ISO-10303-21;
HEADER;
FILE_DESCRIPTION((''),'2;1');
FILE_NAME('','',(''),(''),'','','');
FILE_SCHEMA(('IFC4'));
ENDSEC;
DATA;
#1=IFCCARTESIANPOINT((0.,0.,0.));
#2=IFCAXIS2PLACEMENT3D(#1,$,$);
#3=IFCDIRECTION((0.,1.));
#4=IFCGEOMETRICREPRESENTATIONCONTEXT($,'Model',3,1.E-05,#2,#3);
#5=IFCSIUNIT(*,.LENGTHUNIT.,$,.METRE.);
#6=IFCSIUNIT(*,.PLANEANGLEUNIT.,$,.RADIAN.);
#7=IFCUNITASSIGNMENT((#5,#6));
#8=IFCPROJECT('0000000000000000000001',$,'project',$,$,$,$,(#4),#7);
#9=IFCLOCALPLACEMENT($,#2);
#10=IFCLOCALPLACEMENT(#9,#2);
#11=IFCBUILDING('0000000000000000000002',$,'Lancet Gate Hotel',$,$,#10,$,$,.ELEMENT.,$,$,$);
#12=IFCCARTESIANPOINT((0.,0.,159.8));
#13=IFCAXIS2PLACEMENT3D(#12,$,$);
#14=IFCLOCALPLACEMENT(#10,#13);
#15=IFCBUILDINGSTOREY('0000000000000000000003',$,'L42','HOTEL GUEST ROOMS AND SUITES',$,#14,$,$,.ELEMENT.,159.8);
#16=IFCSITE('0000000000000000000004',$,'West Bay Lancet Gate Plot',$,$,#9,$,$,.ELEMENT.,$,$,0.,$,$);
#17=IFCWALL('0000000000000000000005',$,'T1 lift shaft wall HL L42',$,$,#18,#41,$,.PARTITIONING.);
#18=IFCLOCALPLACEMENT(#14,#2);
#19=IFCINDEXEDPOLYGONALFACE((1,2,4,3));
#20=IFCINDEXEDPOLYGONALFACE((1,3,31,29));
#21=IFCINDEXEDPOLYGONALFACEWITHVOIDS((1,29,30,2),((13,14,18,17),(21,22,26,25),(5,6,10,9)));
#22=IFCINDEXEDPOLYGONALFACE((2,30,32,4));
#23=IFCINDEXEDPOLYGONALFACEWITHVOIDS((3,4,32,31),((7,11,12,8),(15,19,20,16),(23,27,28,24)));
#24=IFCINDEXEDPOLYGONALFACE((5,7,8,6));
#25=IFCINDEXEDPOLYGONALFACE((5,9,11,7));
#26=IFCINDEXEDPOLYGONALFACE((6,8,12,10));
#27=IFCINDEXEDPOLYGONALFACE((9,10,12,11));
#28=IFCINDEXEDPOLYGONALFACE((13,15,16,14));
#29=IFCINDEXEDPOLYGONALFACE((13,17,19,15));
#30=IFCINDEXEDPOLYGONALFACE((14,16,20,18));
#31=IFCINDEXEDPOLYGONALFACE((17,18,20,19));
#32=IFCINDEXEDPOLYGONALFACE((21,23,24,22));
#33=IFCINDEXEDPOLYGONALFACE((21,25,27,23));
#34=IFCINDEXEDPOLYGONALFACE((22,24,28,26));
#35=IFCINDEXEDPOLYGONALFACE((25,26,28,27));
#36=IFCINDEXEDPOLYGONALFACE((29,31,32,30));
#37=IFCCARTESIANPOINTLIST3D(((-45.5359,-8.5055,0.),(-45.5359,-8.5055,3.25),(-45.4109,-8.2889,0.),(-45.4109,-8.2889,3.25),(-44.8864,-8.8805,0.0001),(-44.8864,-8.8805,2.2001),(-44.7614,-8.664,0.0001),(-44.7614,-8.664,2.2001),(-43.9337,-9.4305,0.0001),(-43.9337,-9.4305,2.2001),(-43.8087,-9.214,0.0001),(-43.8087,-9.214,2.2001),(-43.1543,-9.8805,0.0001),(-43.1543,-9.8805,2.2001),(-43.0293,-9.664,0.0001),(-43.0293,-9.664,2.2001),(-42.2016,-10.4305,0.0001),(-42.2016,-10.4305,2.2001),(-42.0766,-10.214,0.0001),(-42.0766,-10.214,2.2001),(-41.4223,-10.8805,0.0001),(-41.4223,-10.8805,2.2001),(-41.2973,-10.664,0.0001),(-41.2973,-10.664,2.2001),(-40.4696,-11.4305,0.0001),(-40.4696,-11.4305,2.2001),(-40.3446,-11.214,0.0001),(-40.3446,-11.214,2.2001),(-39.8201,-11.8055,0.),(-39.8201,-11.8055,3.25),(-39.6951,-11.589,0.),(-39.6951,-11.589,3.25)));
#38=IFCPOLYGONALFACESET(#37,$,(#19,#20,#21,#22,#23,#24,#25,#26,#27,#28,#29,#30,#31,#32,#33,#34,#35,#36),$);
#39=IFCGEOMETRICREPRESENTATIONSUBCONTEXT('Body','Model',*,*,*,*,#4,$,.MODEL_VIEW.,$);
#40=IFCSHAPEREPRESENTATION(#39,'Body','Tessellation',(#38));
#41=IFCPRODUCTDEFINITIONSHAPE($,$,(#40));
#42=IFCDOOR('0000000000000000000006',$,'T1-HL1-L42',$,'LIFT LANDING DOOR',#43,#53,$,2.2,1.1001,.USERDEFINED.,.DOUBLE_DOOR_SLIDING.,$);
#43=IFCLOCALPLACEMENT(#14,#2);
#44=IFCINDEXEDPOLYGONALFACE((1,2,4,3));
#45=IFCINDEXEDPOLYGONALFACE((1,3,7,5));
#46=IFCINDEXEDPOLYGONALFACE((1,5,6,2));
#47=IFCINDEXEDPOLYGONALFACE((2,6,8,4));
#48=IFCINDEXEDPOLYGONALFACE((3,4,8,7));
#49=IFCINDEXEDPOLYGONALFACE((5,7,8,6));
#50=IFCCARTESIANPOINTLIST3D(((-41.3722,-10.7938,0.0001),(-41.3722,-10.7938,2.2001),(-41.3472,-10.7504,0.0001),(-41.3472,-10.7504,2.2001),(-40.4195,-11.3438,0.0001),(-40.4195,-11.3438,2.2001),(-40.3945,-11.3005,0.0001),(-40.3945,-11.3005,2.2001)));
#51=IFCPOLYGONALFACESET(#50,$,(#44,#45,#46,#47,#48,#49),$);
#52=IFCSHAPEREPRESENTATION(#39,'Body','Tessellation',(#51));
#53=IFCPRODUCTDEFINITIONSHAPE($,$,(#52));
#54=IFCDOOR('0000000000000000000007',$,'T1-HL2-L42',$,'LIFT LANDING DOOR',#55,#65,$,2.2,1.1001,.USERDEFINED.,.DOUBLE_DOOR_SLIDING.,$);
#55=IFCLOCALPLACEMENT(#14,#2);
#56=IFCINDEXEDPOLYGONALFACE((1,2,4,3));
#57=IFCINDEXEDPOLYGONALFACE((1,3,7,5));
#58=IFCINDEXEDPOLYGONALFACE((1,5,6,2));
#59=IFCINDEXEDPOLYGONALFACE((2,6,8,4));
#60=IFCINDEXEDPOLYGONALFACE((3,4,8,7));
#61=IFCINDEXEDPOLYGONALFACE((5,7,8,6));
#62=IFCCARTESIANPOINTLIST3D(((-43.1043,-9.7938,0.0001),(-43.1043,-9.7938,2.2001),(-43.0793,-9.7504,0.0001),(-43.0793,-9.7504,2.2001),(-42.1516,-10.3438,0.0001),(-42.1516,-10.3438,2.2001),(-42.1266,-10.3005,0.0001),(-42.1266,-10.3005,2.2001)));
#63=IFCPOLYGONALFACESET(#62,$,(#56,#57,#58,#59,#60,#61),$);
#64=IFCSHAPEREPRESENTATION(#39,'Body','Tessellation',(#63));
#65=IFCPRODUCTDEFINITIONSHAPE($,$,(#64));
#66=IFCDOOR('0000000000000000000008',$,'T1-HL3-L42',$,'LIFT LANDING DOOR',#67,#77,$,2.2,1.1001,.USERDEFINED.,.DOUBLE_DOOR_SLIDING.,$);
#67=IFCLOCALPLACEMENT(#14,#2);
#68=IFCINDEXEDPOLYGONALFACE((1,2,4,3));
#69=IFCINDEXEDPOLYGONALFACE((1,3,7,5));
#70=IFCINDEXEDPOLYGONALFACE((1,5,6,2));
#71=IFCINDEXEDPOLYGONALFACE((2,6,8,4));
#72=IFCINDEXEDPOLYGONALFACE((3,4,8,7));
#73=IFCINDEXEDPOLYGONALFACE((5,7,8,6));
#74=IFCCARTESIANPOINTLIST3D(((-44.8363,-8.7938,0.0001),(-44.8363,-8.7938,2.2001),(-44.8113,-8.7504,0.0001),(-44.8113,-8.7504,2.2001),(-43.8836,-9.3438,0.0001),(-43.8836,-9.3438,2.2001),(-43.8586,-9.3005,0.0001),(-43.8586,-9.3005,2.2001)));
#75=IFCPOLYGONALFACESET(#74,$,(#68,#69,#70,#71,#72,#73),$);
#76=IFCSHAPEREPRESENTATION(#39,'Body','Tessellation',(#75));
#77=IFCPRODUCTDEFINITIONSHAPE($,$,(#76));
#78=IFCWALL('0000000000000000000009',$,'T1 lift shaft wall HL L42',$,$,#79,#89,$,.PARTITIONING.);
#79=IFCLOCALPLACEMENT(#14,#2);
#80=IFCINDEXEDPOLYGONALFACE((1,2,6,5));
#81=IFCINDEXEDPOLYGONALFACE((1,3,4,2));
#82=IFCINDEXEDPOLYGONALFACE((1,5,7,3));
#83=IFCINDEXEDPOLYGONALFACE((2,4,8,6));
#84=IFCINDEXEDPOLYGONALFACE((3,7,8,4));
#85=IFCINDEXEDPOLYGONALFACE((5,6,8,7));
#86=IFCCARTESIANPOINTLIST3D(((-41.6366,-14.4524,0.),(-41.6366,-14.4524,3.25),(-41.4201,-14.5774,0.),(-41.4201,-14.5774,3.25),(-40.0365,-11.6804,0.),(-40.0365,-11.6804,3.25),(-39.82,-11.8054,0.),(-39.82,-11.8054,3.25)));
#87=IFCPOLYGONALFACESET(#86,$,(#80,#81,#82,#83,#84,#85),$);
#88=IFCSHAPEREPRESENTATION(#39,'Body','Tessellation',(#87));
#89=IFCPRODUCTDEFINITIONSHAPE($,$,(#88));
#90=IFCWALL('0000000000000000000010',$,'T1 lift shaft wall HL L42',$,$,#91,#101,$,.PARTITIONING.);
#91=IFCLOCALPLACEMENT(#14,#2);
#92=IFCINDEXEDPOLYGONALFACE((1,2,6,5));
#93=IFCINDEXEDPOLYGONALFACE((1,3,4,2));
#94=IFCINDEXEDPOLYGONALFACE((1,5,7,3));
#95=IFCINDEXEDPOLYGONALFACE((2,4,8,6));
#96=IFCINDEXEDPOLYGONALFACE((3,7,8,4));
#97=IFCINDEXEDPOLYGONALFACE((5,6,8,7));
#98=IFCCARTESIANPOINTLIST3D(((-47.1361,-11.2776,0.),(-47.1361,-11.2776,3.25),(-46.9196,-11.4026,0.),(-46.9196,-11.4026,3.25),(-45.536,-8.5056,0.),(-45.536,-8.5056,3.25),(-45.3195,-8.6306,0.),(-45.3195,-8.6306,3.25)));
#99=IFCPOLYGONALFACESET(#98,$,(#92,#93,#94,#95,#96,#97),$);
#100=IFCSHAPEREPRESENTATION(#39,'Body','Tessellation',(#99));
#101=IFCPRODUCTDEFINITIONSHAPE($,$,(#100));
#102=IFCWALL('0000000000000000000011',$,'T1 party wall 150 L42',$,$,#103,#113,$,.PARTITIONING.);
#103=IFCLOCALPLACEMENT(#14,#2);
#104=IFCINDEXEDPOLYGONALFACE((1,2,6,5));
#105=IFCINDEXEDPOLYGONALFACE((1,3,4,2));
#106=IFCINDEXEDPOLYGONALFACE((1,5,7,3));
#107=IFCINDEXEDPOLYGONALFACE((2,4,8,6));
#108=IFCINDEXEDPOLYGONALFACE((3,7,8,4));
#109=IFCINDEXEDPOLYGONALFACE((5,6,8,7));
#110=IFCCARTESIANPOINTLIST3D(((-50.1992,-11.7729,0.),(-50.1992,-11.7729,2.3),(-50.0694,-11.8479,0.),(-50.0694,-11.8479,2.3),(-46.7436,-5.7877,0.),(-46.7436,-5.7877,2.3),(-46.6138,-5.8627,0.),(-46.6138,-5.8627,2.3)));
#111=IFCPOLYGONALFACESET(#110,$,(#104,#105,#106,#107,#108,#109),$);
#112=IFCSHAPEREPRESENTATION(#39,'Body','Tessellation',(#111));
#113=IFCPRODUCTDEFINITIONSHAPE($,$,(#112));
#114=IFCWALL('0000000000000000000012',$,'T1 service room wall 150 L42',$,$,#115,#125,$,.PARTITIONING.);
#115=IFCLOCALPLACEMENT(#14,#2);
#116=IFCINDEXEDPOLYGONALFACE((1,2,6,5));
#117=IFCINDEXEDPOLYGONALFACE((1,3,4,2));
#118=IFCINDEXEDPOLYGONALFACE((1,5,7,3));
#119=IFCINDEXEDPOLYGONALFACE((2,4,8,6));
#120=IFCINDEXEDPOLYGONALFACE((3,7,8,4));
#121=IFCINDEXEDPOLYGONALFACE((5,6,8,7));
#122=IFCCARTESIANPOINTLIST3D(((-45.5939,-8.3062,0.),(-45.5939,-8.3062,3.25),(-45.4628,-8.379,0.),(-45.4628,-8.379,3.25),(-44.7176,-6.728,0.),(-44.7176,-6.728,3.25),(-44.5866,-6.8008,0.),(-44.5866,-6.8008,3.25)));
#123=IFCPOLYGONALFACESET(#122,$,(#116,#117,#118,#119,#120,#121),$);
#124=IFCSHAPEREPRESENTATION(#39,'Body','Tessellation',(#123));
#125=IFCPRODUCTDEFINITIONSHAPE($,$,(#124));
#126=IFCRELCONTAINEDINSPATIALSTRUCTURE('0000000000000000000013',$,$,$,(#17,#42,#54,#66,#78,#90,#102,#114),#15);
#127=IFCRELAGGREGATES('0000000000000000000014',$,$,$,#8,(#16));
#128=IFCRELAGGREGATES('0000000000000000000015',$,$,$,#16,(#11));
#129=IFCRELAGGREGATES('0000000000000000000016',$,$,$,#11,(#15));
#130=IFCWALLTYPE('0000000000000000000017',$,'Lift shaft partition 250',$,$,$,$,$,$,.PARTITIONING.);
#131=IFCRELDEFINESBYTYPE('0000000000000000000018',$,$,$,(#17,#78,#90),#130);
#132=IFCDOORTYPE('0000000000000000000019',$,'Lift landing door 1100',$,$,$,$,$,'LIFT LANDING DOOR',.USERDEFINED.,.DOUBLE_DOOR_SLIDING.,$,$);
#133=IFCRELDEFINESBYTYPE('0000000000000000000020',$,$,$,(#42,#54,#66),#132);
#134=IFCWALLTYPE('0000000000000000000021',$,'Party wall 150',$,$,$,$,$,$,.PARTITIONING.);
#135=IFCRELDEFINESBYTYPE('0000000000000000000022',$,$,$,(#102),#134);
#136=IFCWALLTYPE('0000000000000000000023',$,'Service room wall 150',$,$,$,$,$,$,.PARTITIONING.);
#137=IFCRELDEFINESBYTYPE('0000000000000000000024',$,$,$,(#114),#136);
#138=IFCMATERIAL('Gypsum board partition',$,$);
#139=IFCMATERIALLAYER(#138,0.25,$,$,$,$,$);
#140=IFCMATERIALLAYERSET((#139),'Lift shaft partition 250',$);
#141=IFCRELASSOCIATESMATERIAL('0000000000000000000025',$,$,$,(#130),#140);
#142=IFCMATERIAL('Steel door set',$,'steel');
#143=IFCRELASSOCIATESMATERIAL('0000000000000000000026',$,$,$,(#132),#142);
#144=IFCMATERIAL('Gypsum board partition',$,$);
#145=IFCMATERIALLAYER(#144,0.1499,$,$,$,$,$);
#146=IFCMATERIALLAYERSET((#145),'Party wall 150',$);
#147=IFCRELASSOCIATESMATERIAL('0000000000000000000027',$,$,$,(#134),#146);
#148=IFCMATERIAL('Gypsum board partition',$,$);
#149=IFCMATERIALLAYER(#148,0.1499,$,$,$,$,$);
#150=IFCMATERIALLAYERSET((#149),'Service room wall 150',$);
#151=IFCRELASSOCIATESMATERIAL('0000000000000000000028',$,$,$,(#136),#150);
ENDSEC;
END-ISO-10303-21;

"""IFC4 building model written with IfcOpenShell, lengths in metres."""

from ifc_helpers import new_model, si_unit, direction, frame, frame_2d, origin, place, context, subcontext, project, spatial, rectangle, extrude, material, layer, layer_set, type_object, element, fill, save


model = new_model("IFC4")

# Units and contexts
model_context = context("Model", 3, precision=1e-05, world=origin(), true_north=direction((0.0, 1.0)))
body_context = subcontext(model_context, "Body", "Model", "MODEL_VIEW")
ifc_project = project(units=[si_unit("LENGTHUNIT", "METRE"), si_unit("PLANEANGLEUNIT", "RADIAN")], contexts=[model_context])

# Site, building, storey
site_placement = place(None, origin())
site = spatial("IfcSite", under=ifc_project, at=site_placement, Name="West Bay Lancet Gate Plot", CompositionType="ELEMENT", RefElevation=0.0)
building_placement = place(site_placement, origin())
building = spatial("IfcBuilding", under=site, at=building_placement, Name="Lancet Gate Hotel", CompositionType="ELEMENT")
storey_placement = place(building_placement, frame((0.0, 0.0, 159.8)))
storey = spatial("IfcBuildingStorey", under=building, at=storey_placement, Name="L42", Description="HOTEL GUEST ROOMS AND SUITES", CompositionType="ELEMENT", Elevation=159.8)

# Wall, openings, doors
ifc_material_1 = material(Name="Gypsum board partition")
ifc_layer_1 = layer(ifc_material_1, 0.25)
ifc_layer_set_1 = layer_set([ifc_layer_1], Name="Lift shaft partition 250")
wall_type_1 = type_object("IfcWallType", Name="Lift shaft partition 250", PredefinedType="PARTITIONING", material=ifc_layer_set_1)
wall_1_placement = place(storey_placement, frame((-39.7576, -11.6973, 0.0), z_axis=(0.0, 0.0, 1.0), x_axis=(-0.866024, 0.500002, 0.0)))
wall_1 = element("IfcWall", 1, at=wall_1_placement, inside=storey, type_object=wall_type_1, Name="T1 lift shaft wall HL L42", PredefinedType="PARTITIONING", context=body_context, shape_type="SweptSolid", body=[
    extrude(rectangle(XDim=6.6001, YDim=0.25, at=frame_2d((3.3, 0.0))), origin(), (0.0, 0.0, 1.0), 3.25),
])
opening_1_placement = place(wall_1_placement, frame((0.75, 0.0, 0.0)))
opening_1 = element("IfcOpeningElement", 2, at=opening_1_placement, cuts=wall_1, PredefinedType="OPENING", context=body_context, shape_type="SweptSolid", body=[
    extrude(rectangle(XDim=1.1001, YDim=2.2, at=frame_2d((0.55, 1.1001))), frame((0.0, 0.135, 0.0), z_axis=(0.0, -1.0, 0.0), x_axis=(1.0, 0.0, 0.0)), (0.0, 0.0, 1.0), 0.27),
])
opening_2_placement = place(wall_1_placement, frame((2.75, 0.0, 0.0)))
opening_2 = element("IfcOpeningElement", 3, at=opening_2_placement, cuts=wall_1, PredefinedType="OPENING", context=body_context, shape_type="SweptSolid", body=[
    extrude(rectangle(XDim=1.1001, YDim=2.2, at=frame_2d((0.55, 1.1001))), frame((0.0, 0.135, 0.0), z_axis=(0.0, -1.0, 0.0), x_axis=(1.0, 0.0, 0.0)), (0.0, 0.0, 1.0), 0.27),
])
opening_3_placement = place(wall_1_placement, frame((4.75, 0.0, 0.0)))
opening_3 = element("IfcOpeningElement", 4, at=opening_3_placement, cuts=wall_1, PredefinedType="OPENING", context=body_context, shape_type="SweptSolid", body=[
    extrude(rectangle(XDim=1.1001, YDim=2.2, at=frame_2d((0.55, 1.1001))), frame((0.0, 0.135, 0.0), z_axis=(0.0, -1.0, 0.0), x_axis=(1.0, 0.0, 0.0)), (0.0, 0.0, 1.0), 0.27),
])
ifc_material_2 = material(Name="Steel door set", Category="steel")
door_type_1 = type_object("IfcDoorType", Name="Lift landing door 1100", ElementType="LIFT LANDING DOOR", OperationType="DOUBLE_DOOR_SLIDING", PredefinedType="USERDEFINED", material=ifc_material_2)
door_1_placement = place(opening_1_placement, origin())
door_1 = element("IfcDoor", 5, at=door_1_placement, inside=storey, type_object=door_type_1, Name="T1-HL1-L42", ObjectType="LIFT LANDING DOOR", OperationType="DOUBLE_DOOR_SLIDING", OverallHeight=2.2, OverallWidth=1.1001, PredefinedType="USERDEFINED", context=body_context, shape_type="SweptSolid", body=[
    extrude(rectangle(XDim=1.1001, YDim=2.2, at=frame_2d((0.55, 1.1001))), frame((0.0, 0.0249, 0.0), z_axis=(0.0, -1.0, 0.0), x_axis=(1.0, 0.0, 0.0)), (0.0, 0.0, 1.0), 0.05),
])
fill(opening_1, door_1)
door_2_placement = place(opening_2_placement, origin())
door_2 = element("IfcDoor", 6, at=door_2_placement, inside=storey, type_object=door_type_1, Name="T1-HL2-L42", ObjectType="LIFT LANDING DOOR", OperationType="DOUBLE_DOOR_SLIDING", OverallHeight=2.2, OverallWidth=1.1001, PredefinedType="USERDEFINED", context=body_context, shape_type="SweptSolid", body=[
    extrude(rectangle(XDim=1.1001, YDim=2.2, at=frame_2d((0.55, 1.1001))), frame((0.0, 0.0249, 0.0), z_axis=(0.0, -1.0, 0.0), x_axis=(1.0, 0.0, 0.0)), (0.0, 0.0, 1.0), 0.05),
])
fill(opening_2, door_2)
door_3_placement = place(opening_3_placement, origin())
door_3 = element("IfcDoor", 7, at=door_3_placement, inside=storey, type_object=door_type_1, Name="T1-HL3-L42", ObjectType="LIFT LANDING DOOR", OperationType="DOUBLE_DOOR_SLIDING", OverallHeight=2.2, OverallWidth=1.1001, PredefinedType="USERDEFINED", context=body_context, shape_type="SweptSolid", body=[
    extrude(rectangle(XDim=1.1001, YDim=2.2, at=frame_2d((0.55, 1.1001))), frame((0.0, 0.0249, 0.0), z_axis=(0.0, -1.0, 0.0), x_axis=(1.0, 0.0, 0.0)), (0.0, 0.0, 1.0), 0.05),
])
fill(opening_3, door_3)

# Walls
for number, where, z_axis, x_axis, name in (
    (8, (-39.9282, -11.7429, 0.0), (0.0, 0.0, 1.0), (-0.499929, -0.866066, 0.0), "T1 lift shaft wall HL L42"),
    (9, (-45.4277, -8.5681, 0.0), (0.0, 0.0, 1.0), (-0.499929, -0.866066, 0.0), "T1 lift shaft wall HL L42"),
):
    element("IfcWall", number, at=place(storey_placement, frame(where, z_axis=z_axis, x_axis=x_axis)), inside=storey, type_object=wall_type_1, Name=name, PredefinedType="PARTITIONING", context=body_context, shape_type="SweptSolid", body=[
        extrude(rectangle(XDim=3.2007, YDim=0.25, at=frame_2d((1.6003, 0.0))), origin(), (0.0, 0.0, 1.0), 3.25),
    ])
ifc_material_3 = material(Name="Gypsum board partition")
ifc_layer_2 = layer(ifc_material_3, 0.1499)
ifc_layer_set_2 = layer_set([ifc_layer_2], Name="Party wall 150")
wall_type_2 = type_object("IfcWallType", Name="Party wall 150", PredefinedType="PARTITIONING", material=ifc_layer_set_2)
wall_2_placement = place(storey_placement, frame((-46.6787, -5.8252, 0.0), z_axis=(0.0, 0.0, 1.0), x_axis=(-0.500007, -0.866021, 0.0)))
element("IfcWall", 10, at=wall_2_placement, inside=storey, type_object=wall_type_2, Name="T1 party wall 150 L42", PredefinedType="PARTITIONING", context=body_context, shape_type="SweptSolid", body=[
    extrude(rectangle(XDim=6.9111, YDim=0.1499, at=frame_2d((3.4556, 0.0))), origin(), (0.0, 0.0, 1.0), 2.3),
])
ifc_material_4 = material(Name="Gypsum board partition")
ifc_layer_3 = layer(ifc_material_4, 0.1499)
ifc_layer_set_3 = layer_set([ifc_layer_3], Name="Service room wall 150")
wall_type_3 = type_object("IfcWallType", Name="Service room wall 150", PredefinedType="PARTITIONING", material=ifc_layer_set_3)
wall_3_placement = place(storey_placement, frame((-44.6521, -6.7644, 0.0), z_axis=(0.0, 0.0, 1.0), x_axis=(-0.485425, -0.874278, 0.0)))
element("IfcWall", 11, at=wall_3_placement, inside=storey, type_object=wall_type_3, Name="T1 service room wall 150 L42", PredefinedType="PARTITIONING", context=body_context, shape_type="SweptSolid", body=[
    extrude(rectangle(XDim=1.8052, YDim=0.1499, at=frame_2d((0.9026, 0.0))), origin(), (0.0, 0.0, 1.0), 3.25),
])

save(model, "model.ifc")
